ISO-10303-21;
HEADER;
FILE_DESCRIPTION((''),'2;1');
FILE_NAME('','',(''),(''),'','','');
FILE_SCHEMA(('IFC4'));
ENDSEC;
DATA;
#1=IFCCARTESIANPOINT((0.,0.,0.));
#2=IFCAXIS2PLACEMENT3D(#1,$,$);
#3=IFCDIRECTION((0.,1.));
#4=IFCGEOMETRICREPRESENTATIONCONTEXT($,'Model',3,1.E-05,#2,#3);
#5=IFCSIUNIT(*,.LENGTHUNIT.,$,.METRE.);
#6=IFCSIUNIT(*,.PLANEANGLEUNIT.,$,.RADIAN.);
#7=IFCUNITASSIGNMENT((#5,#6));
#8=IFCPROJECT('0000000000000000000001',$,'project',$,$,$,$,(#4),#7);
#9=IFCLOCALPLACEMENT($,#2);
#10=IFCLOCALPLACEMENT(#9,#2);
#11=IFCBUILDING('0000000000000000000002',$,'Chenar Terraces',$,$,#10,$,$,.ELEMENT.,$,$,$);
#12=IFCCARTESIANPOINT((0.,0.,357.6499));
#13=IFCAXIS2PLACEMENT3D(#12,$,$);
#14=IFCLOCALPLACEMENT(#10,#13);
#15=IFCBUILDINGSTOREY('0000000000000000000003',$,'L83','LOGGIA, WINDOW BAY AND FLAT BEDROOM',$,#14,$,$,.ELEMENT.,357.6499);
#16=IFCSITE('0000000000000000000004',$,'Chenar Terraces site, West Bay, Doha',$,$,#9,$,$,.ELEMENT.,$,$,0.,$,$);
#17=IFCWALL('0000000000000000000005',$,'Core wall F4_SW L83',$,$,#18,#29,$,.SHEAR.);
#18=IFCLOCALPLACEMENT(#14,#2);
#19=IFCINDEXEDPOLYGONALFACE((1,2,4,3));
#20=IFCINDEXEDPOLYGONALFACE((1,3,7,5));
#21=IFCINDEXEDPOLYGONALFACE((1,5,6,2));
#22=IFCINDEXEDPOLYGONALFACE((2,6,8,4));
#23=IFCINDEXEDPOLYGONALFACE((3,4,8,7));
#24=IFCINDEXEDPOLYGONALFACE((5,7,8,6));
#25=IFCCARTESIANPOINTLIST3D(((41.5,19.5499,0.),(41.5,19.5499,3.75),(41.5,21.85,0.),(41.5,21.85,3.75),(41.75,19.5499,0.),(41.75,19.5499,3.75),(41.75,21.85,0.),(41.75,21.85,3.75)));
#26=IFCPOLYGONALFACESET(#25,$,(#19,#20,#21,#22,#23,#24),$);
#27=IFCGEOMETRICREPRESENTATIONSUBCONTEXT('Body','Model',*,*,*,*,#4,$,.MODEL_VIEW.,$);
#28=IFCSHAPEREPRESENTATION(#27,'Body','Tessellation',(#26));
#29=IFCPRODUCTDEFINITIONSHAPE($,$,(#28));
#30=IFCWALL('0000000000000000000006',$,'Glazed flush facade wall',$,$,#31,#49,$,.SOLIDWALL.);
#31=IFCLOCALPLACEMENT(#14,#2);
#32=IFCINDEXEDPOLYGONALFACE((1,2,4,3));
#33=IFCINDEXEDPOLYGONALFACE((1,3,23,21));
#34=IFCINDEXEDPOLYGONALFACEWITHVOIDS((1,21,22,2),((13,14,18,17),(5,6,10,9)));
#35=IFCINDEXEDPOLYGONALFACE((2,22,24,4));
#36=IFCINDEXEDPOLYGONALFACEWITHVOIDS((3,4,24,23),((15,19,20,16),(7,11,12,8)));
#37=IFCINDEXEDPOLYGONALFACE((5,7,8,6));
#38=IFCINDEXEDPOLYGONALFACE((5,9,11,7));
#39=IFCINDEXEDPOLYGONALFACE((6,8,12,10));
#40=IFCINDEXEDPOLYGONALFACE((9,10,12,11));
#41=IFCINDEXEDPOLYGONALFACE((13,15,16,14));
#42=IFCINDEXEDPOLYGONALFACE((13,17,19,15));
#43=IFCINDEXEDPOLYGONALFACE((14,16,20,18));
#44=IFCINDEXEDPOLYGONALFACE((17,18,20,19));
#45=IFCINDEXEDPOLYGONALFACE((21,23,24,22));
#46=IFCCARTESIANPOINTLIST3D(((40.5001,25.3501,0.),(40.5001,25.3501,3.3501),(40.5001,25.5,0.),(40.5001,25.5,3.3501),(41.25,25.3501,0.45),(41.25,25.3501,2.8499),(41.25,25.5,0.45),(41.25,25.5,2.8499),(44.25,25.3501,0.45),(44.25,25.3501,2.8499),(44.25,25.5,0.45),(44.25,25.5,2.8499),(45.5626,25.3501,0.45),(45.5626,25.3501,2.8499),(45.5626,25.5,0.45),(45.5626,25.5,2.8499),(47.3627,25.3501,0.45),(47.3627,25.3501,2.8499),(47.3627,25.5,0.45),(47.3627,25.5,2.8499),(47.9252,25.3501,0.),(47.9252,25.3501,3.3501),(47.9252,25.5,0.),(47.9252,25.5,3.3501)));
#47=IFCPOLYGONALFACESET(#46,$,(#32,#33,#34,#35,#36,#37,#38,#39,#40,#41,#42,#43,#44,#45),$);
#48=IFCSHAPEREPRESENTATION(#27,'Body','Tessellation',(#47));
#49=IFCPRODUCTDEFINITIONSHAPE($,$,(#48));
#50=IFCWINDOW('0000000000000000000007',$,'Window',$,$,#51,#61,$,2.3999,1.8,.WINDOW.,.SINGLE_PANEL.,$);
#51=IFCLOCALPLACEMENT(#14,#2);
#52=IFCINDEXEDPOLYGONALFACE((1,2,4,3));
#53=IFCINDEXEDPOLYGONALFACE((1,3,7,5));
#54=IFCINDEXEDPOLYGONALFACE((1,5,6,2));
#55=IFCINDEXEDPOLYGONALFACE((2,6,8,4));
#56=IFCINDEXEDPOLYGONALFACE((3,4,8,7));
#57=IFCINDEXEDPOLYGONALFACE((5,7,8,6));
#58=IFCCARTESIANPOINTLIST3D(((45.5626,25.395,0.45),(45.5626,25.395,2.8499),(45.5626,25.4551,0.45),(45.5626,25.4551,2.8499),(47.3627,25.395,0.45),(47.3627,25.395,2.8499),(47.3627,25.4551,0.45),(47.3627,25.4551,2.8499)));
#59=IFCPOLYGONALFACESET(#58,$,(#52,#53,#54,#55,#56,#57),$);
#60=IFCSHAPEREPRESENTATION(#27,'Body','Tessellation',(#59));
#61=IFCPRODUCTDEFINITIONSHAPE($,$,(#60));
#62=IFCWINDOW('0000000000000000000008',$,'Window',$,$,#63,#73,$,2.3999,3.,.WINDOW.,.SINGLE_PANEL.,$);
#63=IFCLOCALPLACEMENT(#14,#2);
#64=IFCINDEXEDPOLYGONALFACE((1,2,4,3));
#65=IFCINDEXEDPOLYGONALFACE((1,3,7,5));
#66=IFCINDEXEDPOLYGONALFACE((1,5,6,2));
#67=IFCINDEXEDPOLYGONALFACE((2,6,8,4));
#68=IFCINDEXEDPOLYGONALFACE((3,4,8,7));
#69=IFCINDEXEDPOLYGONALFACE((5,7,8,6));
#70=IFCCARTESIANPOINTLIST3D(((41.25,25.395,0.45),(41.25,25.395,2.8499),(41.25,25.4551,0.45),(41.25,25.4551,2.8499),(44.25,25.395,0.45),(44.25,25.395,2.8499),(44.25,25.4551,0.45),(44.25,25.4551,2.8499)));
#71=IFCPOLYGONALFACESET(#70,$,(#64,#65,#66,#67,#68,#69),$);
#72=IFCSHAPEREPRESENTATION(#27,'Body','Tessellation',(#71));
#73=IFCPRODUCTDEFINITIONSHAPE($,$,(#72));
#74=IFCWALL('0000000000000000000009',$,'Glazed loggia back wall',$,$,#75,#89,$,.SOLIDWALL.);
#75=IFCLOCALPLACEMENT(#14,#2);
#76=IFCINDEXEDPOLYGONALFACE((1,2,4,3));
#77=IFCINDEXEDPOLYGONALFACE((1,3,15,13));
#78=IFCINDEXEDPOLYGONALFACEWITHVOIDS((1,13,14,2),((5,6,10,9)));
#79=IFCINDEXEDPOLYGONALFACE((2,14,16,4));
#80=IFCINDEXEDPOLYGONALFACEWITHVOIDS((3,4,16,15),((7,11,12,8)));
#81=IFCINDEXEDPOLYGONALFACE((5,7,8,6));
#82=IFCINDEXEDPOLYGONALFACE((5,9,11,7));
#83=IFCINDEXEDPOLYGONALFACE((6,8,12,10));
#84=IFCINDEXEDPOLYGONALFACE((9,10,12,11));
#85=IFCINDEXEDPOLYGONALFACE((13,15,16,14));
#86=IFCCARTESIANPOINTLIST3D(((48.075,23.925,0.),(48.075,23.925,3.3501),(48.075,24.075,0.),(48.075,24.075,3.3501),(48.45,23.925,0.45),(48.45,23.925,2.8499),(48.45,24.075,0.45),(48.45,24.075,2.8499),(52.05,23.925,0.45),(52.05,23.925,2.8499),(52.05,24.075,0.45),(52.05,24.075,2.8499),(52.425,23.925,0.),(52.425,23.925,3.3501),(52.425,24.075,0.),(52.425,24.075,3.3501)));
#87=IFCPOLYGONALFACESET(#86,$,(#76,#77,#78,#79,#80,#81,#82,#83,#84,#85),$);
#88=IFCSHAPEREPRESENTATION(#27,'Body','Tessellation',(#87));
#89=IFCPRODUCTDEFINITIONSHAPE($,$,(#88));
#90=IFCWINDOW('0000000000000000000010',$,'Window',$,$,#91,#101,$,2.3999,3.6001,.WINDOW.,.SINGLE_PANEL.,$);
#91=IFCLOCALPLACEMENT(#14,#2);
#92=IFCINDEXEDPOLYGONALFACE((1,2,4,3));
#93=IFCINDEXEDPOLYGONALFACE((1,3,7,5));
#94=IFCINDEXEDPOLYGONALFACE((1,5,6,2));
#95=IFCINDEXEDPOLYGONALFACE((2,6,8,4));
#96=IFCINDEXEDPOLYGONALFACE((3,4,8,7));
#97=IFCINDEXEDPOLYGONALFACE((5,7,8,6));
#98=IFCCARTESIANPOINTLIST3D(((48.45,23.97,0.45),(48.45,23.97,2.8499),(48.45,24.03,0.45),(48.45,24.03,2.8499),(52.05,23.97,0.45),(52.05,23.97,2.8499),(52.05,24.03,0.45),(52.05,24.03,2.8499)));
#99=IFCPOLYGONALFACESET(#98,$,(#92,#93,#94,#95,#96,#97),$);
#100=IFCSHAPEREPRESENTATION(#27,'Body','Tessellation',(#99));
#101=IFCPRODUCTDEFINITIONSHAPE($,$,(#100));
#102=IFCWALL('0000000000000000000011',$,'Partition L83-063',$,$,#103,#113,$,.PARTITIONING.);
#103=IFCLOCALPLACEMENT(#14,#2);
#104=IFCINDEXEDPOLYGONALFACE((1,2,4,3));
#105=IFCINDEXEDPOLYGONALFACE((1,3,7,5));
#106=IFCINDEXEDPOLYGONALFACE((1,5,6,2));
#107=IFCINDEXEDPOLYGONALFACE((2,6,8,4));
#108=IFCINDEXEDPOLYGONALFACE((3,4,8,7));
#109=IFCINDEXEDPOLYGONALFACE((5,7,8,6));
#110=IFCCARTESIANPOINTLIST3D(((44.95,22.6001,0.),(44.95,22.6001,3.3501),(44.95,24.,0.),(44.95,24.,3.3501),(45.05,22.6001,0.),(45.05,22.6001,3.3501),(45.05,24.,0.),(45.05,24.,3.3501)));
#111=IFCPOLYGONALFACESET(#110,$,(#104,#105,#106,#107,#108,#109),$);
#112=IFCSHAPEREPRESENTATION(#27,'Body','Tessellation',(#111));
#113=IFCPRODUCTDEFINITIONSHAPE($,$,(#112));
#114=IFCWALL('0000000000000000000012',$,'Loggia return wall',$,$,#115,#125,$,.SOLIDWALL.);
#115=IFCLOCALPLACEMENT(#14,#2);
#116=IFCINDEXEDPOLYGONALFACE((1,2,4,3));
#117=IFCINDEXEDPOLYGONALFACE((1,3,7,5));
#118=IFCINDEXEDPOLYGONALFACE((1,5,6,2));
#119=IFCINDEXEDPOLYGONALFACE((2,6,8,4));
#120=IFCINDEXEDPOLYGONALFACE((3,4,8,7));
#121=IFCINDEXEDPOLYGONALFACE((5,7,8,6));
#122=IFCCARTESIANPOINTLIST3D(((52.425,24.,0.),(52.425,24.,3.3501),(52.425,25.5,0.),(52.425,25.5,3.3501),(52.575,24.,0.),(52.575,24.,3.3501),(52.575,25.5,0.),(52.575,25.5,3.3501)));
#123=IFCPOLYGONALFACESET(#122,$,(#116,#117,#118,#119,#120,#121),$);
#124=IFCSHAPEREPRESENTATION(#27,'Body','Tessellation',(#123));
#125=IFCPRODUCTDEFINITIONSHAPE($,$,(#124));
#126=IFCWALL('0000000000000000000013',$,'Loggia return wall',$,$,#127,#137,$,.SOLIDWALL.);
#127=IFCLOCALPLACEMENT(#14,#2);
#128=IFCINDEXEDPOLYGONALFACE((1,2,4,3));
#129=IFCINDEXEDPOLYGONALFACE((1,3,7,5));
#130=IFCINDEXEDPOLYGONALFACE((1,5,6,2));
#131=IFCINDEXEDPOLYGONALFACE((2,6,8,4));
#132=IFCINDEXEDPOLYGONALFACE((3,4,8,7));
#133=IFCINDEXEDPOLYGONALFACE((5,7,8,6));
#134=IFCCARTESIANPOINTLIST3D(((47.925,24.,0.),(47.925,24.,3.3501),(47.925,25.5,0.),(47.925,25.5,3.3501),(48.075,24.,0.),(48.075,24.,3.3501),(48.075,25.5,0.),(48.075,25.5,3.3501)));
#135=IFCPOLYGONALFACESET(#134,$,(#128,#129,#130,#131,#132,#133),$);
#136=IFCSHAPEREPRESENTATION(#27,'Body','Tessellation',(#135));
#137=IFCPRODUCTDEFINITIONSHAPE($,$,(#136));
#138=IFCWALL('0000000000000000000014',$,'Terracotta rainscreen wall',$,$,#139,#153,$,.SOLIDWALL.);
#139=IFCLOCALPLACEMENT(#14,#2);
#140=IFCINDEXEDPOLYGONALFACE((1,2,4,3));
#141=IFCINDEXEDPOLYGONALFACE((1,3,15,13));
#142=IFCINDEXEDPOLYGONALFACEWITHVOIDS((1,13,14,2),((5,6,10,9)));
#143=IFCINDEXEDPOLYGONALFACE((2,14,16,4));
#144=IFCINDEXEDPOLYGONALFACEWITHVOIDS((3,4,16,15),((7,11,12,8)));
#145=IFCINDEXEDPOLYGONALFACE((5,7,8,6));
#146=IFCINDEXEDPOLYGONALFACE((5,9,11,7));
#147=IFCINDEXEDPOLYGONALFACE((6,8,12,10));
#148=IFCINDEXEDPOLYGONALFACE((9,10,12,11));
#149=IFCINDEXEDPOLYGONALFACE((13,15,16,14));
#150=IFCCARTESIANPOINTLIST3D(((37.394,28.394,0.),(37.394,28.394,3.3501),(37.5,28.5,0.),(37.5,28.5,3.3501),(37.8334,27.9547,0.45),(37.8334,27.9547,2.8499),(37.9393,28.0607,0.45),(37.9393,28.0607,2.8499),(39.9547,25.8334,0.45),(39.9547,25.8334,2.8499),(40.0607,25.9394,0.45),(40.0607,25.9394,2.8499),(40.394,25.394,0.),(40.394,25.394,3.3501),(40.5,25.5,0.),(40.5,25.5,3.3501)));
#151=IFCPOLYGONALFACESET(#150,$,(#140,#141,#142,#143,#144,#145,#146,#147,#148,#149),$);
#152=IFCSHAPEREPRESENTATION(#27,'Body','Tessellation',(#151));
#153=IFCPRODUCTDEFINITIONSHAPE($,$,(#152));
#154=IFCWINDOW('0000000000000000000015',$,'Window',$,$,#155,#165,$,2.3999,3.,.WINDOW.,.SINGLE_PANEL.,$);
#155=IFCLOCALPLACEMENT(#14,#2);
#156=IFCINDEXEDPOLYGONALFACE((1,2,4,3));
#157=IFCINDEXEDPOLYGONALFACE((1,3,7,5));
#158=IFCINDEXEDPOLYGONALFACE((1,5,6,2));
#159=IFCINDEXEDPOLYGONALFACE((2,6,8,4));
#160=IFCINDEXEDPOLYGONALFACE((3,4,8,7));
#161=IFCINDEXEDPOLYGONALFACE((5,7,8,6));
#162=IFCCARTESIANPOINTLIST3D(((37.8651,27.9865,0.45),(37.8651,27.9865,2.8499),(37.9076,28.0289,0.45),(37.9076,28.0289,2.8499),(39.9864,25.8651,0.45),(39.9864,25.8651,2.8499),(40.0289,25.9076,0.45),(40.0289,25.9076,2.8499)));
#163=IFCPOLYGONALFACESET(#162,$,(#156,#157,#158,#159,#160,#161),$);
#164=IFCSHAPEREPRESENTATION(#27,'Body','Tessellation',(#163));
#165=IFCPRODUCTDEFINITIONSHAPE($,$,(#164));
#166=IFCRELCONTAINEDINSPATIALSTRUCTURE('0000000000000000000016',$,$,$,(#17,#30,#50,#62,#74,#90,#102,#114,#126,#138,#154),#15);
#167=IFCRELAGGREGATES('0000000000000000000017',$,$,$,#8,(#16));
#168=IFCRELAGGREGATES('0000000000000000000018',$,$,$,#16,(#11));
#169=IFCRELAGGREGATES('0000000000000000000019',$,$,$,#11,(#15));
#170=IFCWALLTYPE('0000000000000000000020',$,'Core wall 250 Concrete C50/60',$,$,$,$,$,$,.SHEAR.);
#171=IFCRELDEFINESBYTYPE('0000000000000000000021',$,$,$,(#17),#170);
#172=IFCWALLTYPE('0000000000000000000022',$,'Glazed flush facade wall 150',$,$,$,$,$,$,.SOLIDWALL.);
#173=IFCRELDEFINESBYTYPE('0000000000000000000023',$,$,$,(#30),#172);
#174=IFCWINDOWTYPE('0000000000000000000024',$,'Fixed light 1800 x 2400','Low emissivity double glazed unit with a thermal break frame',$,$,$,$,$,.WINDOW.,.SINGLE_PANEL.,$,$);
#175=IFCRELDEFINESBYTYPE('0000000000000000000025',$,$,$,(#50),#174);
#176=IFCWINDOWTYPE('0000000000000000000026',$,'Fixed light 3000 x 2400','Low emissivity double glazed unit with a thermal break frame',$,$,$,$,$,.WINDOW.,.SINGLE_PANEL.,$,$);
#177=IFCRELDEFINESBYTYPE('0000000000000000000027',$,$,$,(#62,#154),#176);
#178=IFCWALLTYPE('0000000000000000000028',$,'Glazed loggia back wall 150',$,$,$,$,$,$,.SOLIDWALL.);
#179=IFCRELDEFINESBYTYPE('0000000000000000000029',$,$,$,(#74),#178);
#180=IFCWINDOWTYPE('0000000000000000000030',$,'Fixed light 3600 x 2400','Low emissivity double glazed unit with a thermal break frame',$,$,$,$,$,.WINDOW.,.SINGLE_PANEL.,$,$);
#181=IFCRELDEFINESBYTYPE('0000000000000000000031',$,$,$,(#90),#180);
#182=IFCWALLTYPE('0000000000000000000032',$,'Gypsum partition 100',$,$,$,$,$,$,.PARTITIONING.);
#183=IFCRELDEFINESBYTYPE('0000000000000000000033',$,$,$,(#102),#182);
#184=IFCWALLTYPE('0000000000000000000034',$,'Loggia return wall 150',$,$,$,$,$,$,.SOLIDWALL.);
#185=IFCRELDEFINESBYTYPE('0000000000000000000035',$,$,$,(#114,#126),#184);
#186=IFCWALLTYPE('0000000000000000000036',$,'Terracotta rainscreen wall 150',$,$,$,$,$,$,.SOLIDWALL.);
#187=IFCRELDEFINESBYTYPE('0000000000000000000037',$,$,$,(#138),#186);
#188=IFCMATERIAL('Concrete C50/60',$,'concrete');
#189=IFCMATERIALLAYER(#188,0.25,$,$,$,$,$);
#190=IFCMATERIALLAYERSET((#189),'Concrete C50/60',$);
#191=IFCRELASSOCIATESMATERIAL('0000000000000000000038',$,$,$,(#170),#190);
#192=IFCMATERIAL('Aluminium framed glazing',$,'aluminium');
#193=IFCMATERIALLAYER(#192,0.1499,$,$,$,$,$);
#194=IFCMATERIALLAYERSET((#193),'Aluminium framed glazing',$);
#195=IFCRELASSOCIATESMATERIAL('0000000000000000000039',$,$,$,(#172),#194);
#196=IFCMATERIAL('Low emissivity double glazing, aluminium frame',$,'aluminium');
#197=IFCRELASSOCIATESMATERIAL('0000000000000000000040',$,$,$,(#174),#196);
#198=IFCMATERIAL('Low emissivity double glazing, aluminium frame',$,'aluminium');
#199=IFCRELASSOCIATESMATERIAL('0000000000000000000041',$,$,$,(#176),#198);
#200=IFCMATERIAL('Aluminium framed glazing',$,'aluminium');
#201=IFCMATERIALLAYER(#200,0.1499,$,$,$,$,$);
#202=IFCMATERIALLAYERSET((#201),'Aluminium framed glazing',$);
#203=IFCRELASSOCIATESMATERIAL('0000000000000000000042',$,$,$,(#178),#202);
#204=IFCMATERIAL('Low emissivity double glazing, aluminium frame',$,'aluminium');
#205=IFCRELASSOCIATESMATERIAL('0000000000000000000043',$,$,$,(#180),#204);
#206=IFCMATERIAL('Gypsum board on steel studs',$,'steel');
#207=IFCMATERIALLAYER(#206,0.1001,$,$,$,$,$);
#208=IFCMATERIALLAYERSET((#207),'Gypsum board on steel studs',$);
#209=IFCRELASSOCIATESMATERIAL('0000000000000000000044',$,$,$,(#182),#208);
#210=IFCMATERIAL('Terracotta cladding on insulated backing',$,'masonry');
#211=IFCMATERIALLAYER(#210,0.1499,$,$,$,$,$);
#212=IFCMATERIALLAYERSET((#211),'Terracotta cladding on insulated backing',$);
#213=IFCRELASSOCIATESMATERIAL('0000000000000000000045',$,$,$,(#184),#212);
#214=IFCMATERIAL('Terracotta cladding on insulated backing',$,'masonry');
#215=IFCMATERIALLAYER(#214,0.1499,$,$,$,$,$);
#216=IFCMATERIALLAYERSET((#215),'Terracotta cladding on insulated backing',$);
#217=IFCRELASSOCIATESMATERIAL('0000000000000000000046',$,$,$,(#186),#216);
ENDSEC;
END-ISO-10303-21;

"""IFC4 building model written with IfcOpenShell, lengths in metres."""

from ifc_helpers import new_model, si_unit, direction, frame, frame_2d, origin, place, context, subcontext, project, spatial, rectangle, extrude, material, layer, layer_set, type_object, element, fill, save


model = new_model("IFC4")

# Units and contexts
model_context = context("Model", 3, precision=1e-05, world=origin(), true_north=direction((0.0, 1.0)))
body_context = subcontext(model_context, "Body", "Model", "MODEL_VIEW")
ifc_project = project(units=[si_unit("LENGTHUNIT", "METRE"), si_unit("PLANEANGLEUNIT", "RADIAN")], contexts=[model_context])

# Site, building, storey
site_placement = place(None, origin())
site = spatial("IfcSite", under=ifc_project, at=site_placement, Name="Chenar Terraces site, West Bay, Doha", CompositionType="ELEMENT", RefElevation=0.0)
building_placement = place(site_placement, origin())
building = spatial("IfcBuilding", under=site, at=building_placement, Name="Chenar Terraces", CompositionType="ELEMENT")
storey_placement = place(building_placement, frame((0.0, 0.0, 357.6499)))
storey = spatial("IfcBuildingStorey", under=building, at=storey_placement, Name="L83", Description="LOGGIA, WINDOW BAY AND FLAT BEDROOM", CompositionType="ELEMENT", Elevation=357.6499)

# Wall
ifc_material_1 = material(Name="Concrete C50/60", Category="concrete")
ifc_layer_1 = layer(ifc_material_1, 0.25)
ifc_layer_set_1 = layer_set([ifc_layer_1], Name="Concrete C50/60")
wall_type_1 = type_object("IfcWallType", Name="Core wall 250 Concrete C50/60", PredefinedType="SHEAR", material=ifc_layer_set_1)
for number, where, z_axis, x_axis, name in (
    (1, (41.625, 19.55, 0.0), (0.0, 0.0, 1.0), (0.0, 1.0, 0.0), "Core wall F4_SW L83"),
):
    element("IfcWall", number, at=place(storey_placement, frame(where, z_axis=z_axis, x_axis=x_axis)), inside=storey, type_object=wall_type_1, Name=name, PredefinedType="SHEAR", context=body_context, shape_type="SweptSolid", body=[
        extrude(rectangle(XDim=2.3, YDim=0.25, at=frame_2d((1.1499, 0.0))), origin(), (0.0, 0.0, 1.0), 3.75),
    ])

# Wall, openings, windows
ifc_material_2 = material(Name="Aluminium framed glazing", Category="aluminium")
ifc_layer_2 = layer(ifc_material_2, 0.1499)
ifc_layer_set_2 = layer_set([ifc_layer_2], Name="Aluminium framed glazing")
wall_type_2 = type_object("IfcWallType", Name="Glazed flush facade wall 150", PredefinedType="SOLIDWALL", material=ifc_layer_set_2)
wall_1_placement = place(storey_placement, frame((47.925, 25.425, 0.0), z_axis=(0.0, 0.0, 1.0), x_axis=(-1.0, 0.0, 0.0)))
wall_1 = element("IfcWall", 2, at=wall_1_placement, inside=storey, type_object=wall_type_2, Name="Glazed flush facade wall", PredefinedType="SOLIDWALL", context=body_context, shape_type="SweptSolid", body=[
    extrude(rectangle(XDim=7.425, YDim=0.1499, at=frame_2d((3.7124, 0.0))), origin(), (0.0, 0.0, 1.0), 3.3501),
])
opening_1_placement = place(wall_1_placement, frame((0.5625, 0.0, 0.45)))
opening_1 = element("IfcOpeningElement", 3, at=opening_1_placement, cuts=wall_1, PredefinedType="OPENING", context=body_context, shape_type="SweptSolid", body=[
    extrude(rectangle(XDim=1.8, YDim=2.3999, at=frame_2d((0.8999, 1.2))), frame((0.0, 0.085, 0.0), z_axis=(0.0, -1.0, 0.0), x_axis=(1.0, 0.0, 0.0)), (0.0, 0.0, 1.0), 0.1699),
])
opening_2_placement = place(wall_1_placement, frame((3.675, 0.0, 0.45)))
opening_2 = element("IfcOpeningElement", 4, at=opening_2_placement, cuts=wall_1, PredefinedType="OPENING", context=body_context, shape_type="SweptSolid", body=[
    extrude(rectangle(XDim=3.0, YDim=2.3999, at=frame_2d((1.5, 1.2))), frame((0.0, 0.085, 0.0), z_axis=(0.0, -1.0, 0.0), x_axis=(1.0, 0.0, 0.0)), (0.0, 0.0, 1.0), 0.1699),
])
ifc_material_3 = material(Name="Low emissivity double glazing, aluminium frame", Category="aluminium")
window_type_1 = type_object("IfcWindowType", Name="Fixed light 1800 x 2400", Description="Low emissivity double glazed unit with a thermal break frame", PartitioningType="SINGLE_PANEL", PredefinedType="WINDOW", material=ifc_material_3)
window_1_placement = place(opening_1_placement, origin())
window_1 = element("IfcWindow", 5, at=window_1_placement, inside=storey, type_object=window_type_1, Name="Window", OverallHeight=2.3999, OverallWidth=1.8, PartitioningType="SINGLE_PANEL", PredefinedType="WINDOW", context=body_context, shape_type="SweptSolid", body=[
    extrude(rectangle(XDim=1.8, YDim=2.3999, at=frame_2d((0.8999, 1.2))), frame((0.0, 0.03, 0.0), z_axis=(0.0, -1.0, 0.0), x_axis=(1.0, 0.0, 0.0)), (0.0, 0.0, 1.0), 0.0601),
])
fill(opening_1, window_1)
ifc_material_4 = material(Name="Low emissivity double glazing, aluminium frame", Category="aluminium")
window_type_2 = type_object("IfcWindowType", Name="Fixed light 3000 x 2400", Description="Low emissivity double glazed unit with a thermal break frame", PartitioningType="SINGLE_PANEL", PredefinedType="WINDOW", material=ifc_material_4)
window_2_placement = place(opening_2_placement, origin())
window_2 = element("IfcWindow", 6, at=window_2_placement, inside=storey, type_object=window_type_2, Name="Window", OverallHeight=2.3999, OverallWidth=3.0, PartitioningType="SINGLE_PANEL", PredefinedType="WINDOW", context=body_context, shape_type="SweptSolid", body=[
    extrude(rectangle(XDim=3.0, YDim=2.3999, at=frame_2d((1.5, 1.2))), frame((0.0, 0.03, 0.0), z_axis=(0.0, -1.0, 0.0), x_axis=(1.0, 0.0, 0.0)), (0.0, 0.0, 1.0), 0.0601),
])
fill(opening_2, window_2)

# Wall, opening, window
ifc_material_5 = material(Name="Aluminium framed glazing", Category="aluminium")
ifc_layer_3 = layer(ifc_material_5, 0.1499)
ifc_layer_set_3 = layer_set([ifc_layer_3], Name="Aluminium framed glazing")
wall_type_3 = type_object("IfcWallType", Name="Glazed loggia back wall 150", PredefinedType="SOLIDWALL", material=ifc_layer_set_3)
wall_2_placement = place(storey_placement, frame((52.425, 24.0, 0.0), z_axis=(0.0, 0.0, 1.0), x_axis=(-1.0, 0.0, 0.0)))
wall_2 = element("IfcWall", 7, at=wall_2_placement, inside=storey, type_object=wall_type_3, Name="Glazed loggia back wall", PredefinedType="SOLIDWALL", context=body_context, shape_type="SweptSolid", body=[
    extrude(rectangle(XDim=4.3501, YDim=0.1499, at=frame_2d((2.175, 0.0))), origin(), (0.0, 0.0, 1.0), 3.3501),
])
opening_3_placement = place(wall_2_placement, frame((0.375, 0.0, 0.45)))
opening_3 = element("IfcOpeningElement", 8, at=opening_3_placement, cuts=wall_2, PredefinedType="OPENING", context=body_context, shape_type="SweptSolid", body=[
    extrude(rectangle(XDim=3.6001, YDim=2.3999, at=frame_2d((1.8, 1.2))), frame((0.0, 0.085, 0.0), z_axis=(0.0, -1.0, 0.0), x_axis=(1.0, 0.0, 0.0)), (0.0, 0.0, 1.0), 0.1699),
])
ifc_material_6 = material(Name="Low emissivity double glazing, aluminium frame", Category="aluminium")
window_type_3 = type_object("IfcWindowType", Name="Fixed light 3600 x 2400", Description="Low emissivity double glazed unit with a thermal break frame", PartitioningType="SINGLE_PANEL", PredefinedType="WINDOW", material=ifc_material_6)
window_3_placement = place(opening_3_placement, origin())
window_3 = element("IfcWindow", 9, at=window_3_placement, inside=storey, type_object=window_type_3, Name="Window", OverallHeight=2.3999, OverallWidth=3.6001, PartitioningType="SINGLE_PANEL", PredefinedType="WINDOW", context=body_context, shape_type="SweptSolid", body=[
    extrude(rectangle(XDim=3.6001, YDim=2.3999, at=frame_2d((1.8, 1.2))), frame((0.0, 0.03, 0.0), z_axis=(0.0, -1.0, 0.0), x_axis=(1.0, 0.0, 0.0)), (0.0, 0.0, 1.0), 0.0601),
])
fill(opening_3, window_3)

# Walls
ifc_material_7 = material(Name="Gypsum board on steel studs", Category="steel")
ifc_layer_4 = layer(ifc_material_7, 0.1001)
ifc_layer_set_4 = layer_set([ifc_layer_4], Name="Gypsum board on steel studs")
wall_type_4 = type_object("IfcWallType", Name="Gypsum partition 100", PredefinedType="PARTITIONING", material=ifc_layer_set_4)
wall_3_placement = place(storey_placement, frame((45.0, 22.6001, 0.0), z_axis=(0.0, 0.0, 1.0), x_axis=(0.0, 1.0, 0.0)))
element("IfcWall", 10, at=wall_3_placement, inside=storey, type_object=wall_type_4, Name="Partition L83-063", PredefinedType="PARTITIONING", context=body_context, shape_type="SweptSolid", body=[
    extrude(rectangle(XDim=1.3999, YDim=0.1001, at=frame_2d((0.7, 0.0))), origin(), (0.0, 0.0, 1.0), 3.3501),
])
ifc_material_8 = material(Name="Terracotta cladding on insulated backing", Category="masonry")
ifc_layer_5 = layer(ifc_material_8, 0.1499)
ifc_layer_set_5 = layer_set([ifc_layer_5], Name="Terracotta cladding on insulated backing")
wall_type_5 = type_object("IfcWallType", Name="Loggia return wall 150", PredefinedType="SOLIDWALL", material=ifc_layer_set_5)
for number, where, z_axis, x_axis, name in (
    (11, (52.5, 25.5, 0.0), (0.0, 0.0, 1.0), (0.0, -1.0, 0.0), "Loggia return wall"),
    (12, (48.0, 25.5, 0.0), (0.0, 0.0, 1.0), (0.0, -1.0, 0.0), "Loggia return wall"),
):
    element("IfcWall", number, at=place(storey_placement, frame(where, z_axis=z_axis, x_axis=x_axis)), inside=storey, type_object=wall_type_5, Name=name, PredefinedType="SOLIDWALL", context=body_context, shape_type="SweptSolid", body=[
        extrude(rectangle(XDim=1.5, YDim=0.1499, at=frame_2d((0.75, 0.0))), origin(), (0.0, 0.0, 1.0), 3.3501),
    ])

# Wall, opening, window
ifc_material_9 = material(Name="Terracotta cladding on insulated backing", Category="masonry")
ifc_layer_6 = layer(ifc_material_9, 0.1499)
ifc_layer_set_6 = layer_set([ifc_layer_6], Name="Terracotta cladding on insulated backing")
wall_type_6 = type_object("IfcWallType", Name="Terracotta rainscreen wall 150", PredefinedType="SOLIDWALL", material=ifc_layer_set_6)
wall_4_placement = place(storey_placement, frame((40.447, 25.447, 0.0), z_axis=(0.0, 0.0, 1.0), x_axis=(-0.707107, 0.707107, 0.0)))
wall_4 = element("IfcWall", 13, at=wall_4_placement, inside=storey, type_object=wall_type_6, Name="Terracotta rainscreen wall", PredefinedType="SOLIDWALL", context=body_context, shape_type="SweptSolid", body=[
    extrude(rectangle(XDim=4.2427, YDim=0.1499, at=frame_2d((2.1213, 0.0))), origin(), (0.0, 0.0, 1.0), 3.3501),
])
opening_4_placement = place(wall_4_placement, frame((0.6213, 0.0, 0.45)))
opening_4 = element("IfcOpeningElement", 14, at=opening_4_placement, cuts=wall_4, PredefinedType="OPENING", context=body_context, shape_type="SweptSolid", body=[
    extrude(rectangle(XDim=3.0, YDim=2.3999, at=frame_2d((1.5, 1.2))), frame((0.0, 0.085, 0.0), z_axis=(0.0, -1.0, 0.0), x_axis=(1.0, 0.0, 0.0)), (0.0, 0.0, 1.0), 0.1699),
])
window_4_placement = place(opening_4_placement, origin())
window_4 = element("IfcWindow", 15, at=window_4_placement, inside=storey, type_object=window_type_2, Name="Window", OverallHeight=2.3999, OverallWidth=3.0, PartitioningType="SINGLE_PANEL", PredefinedType="WINDOW", context=body_context, shape_type="SweptSolid", body=[
    extrude(rectangle(XDim=3.0, YDim=2.3999, at=frame_2d((1.5, 1.2))), frame((0.0, 0.03, 0.0), z_axis=(0.0, -1.0, 0.0), x_axis=(1.0, 0.0, 0.0)), (0.0, 0.0, 1.0), 0.0601),
])
fill(opening_4, window_4)

save(model, "model.ifc")
